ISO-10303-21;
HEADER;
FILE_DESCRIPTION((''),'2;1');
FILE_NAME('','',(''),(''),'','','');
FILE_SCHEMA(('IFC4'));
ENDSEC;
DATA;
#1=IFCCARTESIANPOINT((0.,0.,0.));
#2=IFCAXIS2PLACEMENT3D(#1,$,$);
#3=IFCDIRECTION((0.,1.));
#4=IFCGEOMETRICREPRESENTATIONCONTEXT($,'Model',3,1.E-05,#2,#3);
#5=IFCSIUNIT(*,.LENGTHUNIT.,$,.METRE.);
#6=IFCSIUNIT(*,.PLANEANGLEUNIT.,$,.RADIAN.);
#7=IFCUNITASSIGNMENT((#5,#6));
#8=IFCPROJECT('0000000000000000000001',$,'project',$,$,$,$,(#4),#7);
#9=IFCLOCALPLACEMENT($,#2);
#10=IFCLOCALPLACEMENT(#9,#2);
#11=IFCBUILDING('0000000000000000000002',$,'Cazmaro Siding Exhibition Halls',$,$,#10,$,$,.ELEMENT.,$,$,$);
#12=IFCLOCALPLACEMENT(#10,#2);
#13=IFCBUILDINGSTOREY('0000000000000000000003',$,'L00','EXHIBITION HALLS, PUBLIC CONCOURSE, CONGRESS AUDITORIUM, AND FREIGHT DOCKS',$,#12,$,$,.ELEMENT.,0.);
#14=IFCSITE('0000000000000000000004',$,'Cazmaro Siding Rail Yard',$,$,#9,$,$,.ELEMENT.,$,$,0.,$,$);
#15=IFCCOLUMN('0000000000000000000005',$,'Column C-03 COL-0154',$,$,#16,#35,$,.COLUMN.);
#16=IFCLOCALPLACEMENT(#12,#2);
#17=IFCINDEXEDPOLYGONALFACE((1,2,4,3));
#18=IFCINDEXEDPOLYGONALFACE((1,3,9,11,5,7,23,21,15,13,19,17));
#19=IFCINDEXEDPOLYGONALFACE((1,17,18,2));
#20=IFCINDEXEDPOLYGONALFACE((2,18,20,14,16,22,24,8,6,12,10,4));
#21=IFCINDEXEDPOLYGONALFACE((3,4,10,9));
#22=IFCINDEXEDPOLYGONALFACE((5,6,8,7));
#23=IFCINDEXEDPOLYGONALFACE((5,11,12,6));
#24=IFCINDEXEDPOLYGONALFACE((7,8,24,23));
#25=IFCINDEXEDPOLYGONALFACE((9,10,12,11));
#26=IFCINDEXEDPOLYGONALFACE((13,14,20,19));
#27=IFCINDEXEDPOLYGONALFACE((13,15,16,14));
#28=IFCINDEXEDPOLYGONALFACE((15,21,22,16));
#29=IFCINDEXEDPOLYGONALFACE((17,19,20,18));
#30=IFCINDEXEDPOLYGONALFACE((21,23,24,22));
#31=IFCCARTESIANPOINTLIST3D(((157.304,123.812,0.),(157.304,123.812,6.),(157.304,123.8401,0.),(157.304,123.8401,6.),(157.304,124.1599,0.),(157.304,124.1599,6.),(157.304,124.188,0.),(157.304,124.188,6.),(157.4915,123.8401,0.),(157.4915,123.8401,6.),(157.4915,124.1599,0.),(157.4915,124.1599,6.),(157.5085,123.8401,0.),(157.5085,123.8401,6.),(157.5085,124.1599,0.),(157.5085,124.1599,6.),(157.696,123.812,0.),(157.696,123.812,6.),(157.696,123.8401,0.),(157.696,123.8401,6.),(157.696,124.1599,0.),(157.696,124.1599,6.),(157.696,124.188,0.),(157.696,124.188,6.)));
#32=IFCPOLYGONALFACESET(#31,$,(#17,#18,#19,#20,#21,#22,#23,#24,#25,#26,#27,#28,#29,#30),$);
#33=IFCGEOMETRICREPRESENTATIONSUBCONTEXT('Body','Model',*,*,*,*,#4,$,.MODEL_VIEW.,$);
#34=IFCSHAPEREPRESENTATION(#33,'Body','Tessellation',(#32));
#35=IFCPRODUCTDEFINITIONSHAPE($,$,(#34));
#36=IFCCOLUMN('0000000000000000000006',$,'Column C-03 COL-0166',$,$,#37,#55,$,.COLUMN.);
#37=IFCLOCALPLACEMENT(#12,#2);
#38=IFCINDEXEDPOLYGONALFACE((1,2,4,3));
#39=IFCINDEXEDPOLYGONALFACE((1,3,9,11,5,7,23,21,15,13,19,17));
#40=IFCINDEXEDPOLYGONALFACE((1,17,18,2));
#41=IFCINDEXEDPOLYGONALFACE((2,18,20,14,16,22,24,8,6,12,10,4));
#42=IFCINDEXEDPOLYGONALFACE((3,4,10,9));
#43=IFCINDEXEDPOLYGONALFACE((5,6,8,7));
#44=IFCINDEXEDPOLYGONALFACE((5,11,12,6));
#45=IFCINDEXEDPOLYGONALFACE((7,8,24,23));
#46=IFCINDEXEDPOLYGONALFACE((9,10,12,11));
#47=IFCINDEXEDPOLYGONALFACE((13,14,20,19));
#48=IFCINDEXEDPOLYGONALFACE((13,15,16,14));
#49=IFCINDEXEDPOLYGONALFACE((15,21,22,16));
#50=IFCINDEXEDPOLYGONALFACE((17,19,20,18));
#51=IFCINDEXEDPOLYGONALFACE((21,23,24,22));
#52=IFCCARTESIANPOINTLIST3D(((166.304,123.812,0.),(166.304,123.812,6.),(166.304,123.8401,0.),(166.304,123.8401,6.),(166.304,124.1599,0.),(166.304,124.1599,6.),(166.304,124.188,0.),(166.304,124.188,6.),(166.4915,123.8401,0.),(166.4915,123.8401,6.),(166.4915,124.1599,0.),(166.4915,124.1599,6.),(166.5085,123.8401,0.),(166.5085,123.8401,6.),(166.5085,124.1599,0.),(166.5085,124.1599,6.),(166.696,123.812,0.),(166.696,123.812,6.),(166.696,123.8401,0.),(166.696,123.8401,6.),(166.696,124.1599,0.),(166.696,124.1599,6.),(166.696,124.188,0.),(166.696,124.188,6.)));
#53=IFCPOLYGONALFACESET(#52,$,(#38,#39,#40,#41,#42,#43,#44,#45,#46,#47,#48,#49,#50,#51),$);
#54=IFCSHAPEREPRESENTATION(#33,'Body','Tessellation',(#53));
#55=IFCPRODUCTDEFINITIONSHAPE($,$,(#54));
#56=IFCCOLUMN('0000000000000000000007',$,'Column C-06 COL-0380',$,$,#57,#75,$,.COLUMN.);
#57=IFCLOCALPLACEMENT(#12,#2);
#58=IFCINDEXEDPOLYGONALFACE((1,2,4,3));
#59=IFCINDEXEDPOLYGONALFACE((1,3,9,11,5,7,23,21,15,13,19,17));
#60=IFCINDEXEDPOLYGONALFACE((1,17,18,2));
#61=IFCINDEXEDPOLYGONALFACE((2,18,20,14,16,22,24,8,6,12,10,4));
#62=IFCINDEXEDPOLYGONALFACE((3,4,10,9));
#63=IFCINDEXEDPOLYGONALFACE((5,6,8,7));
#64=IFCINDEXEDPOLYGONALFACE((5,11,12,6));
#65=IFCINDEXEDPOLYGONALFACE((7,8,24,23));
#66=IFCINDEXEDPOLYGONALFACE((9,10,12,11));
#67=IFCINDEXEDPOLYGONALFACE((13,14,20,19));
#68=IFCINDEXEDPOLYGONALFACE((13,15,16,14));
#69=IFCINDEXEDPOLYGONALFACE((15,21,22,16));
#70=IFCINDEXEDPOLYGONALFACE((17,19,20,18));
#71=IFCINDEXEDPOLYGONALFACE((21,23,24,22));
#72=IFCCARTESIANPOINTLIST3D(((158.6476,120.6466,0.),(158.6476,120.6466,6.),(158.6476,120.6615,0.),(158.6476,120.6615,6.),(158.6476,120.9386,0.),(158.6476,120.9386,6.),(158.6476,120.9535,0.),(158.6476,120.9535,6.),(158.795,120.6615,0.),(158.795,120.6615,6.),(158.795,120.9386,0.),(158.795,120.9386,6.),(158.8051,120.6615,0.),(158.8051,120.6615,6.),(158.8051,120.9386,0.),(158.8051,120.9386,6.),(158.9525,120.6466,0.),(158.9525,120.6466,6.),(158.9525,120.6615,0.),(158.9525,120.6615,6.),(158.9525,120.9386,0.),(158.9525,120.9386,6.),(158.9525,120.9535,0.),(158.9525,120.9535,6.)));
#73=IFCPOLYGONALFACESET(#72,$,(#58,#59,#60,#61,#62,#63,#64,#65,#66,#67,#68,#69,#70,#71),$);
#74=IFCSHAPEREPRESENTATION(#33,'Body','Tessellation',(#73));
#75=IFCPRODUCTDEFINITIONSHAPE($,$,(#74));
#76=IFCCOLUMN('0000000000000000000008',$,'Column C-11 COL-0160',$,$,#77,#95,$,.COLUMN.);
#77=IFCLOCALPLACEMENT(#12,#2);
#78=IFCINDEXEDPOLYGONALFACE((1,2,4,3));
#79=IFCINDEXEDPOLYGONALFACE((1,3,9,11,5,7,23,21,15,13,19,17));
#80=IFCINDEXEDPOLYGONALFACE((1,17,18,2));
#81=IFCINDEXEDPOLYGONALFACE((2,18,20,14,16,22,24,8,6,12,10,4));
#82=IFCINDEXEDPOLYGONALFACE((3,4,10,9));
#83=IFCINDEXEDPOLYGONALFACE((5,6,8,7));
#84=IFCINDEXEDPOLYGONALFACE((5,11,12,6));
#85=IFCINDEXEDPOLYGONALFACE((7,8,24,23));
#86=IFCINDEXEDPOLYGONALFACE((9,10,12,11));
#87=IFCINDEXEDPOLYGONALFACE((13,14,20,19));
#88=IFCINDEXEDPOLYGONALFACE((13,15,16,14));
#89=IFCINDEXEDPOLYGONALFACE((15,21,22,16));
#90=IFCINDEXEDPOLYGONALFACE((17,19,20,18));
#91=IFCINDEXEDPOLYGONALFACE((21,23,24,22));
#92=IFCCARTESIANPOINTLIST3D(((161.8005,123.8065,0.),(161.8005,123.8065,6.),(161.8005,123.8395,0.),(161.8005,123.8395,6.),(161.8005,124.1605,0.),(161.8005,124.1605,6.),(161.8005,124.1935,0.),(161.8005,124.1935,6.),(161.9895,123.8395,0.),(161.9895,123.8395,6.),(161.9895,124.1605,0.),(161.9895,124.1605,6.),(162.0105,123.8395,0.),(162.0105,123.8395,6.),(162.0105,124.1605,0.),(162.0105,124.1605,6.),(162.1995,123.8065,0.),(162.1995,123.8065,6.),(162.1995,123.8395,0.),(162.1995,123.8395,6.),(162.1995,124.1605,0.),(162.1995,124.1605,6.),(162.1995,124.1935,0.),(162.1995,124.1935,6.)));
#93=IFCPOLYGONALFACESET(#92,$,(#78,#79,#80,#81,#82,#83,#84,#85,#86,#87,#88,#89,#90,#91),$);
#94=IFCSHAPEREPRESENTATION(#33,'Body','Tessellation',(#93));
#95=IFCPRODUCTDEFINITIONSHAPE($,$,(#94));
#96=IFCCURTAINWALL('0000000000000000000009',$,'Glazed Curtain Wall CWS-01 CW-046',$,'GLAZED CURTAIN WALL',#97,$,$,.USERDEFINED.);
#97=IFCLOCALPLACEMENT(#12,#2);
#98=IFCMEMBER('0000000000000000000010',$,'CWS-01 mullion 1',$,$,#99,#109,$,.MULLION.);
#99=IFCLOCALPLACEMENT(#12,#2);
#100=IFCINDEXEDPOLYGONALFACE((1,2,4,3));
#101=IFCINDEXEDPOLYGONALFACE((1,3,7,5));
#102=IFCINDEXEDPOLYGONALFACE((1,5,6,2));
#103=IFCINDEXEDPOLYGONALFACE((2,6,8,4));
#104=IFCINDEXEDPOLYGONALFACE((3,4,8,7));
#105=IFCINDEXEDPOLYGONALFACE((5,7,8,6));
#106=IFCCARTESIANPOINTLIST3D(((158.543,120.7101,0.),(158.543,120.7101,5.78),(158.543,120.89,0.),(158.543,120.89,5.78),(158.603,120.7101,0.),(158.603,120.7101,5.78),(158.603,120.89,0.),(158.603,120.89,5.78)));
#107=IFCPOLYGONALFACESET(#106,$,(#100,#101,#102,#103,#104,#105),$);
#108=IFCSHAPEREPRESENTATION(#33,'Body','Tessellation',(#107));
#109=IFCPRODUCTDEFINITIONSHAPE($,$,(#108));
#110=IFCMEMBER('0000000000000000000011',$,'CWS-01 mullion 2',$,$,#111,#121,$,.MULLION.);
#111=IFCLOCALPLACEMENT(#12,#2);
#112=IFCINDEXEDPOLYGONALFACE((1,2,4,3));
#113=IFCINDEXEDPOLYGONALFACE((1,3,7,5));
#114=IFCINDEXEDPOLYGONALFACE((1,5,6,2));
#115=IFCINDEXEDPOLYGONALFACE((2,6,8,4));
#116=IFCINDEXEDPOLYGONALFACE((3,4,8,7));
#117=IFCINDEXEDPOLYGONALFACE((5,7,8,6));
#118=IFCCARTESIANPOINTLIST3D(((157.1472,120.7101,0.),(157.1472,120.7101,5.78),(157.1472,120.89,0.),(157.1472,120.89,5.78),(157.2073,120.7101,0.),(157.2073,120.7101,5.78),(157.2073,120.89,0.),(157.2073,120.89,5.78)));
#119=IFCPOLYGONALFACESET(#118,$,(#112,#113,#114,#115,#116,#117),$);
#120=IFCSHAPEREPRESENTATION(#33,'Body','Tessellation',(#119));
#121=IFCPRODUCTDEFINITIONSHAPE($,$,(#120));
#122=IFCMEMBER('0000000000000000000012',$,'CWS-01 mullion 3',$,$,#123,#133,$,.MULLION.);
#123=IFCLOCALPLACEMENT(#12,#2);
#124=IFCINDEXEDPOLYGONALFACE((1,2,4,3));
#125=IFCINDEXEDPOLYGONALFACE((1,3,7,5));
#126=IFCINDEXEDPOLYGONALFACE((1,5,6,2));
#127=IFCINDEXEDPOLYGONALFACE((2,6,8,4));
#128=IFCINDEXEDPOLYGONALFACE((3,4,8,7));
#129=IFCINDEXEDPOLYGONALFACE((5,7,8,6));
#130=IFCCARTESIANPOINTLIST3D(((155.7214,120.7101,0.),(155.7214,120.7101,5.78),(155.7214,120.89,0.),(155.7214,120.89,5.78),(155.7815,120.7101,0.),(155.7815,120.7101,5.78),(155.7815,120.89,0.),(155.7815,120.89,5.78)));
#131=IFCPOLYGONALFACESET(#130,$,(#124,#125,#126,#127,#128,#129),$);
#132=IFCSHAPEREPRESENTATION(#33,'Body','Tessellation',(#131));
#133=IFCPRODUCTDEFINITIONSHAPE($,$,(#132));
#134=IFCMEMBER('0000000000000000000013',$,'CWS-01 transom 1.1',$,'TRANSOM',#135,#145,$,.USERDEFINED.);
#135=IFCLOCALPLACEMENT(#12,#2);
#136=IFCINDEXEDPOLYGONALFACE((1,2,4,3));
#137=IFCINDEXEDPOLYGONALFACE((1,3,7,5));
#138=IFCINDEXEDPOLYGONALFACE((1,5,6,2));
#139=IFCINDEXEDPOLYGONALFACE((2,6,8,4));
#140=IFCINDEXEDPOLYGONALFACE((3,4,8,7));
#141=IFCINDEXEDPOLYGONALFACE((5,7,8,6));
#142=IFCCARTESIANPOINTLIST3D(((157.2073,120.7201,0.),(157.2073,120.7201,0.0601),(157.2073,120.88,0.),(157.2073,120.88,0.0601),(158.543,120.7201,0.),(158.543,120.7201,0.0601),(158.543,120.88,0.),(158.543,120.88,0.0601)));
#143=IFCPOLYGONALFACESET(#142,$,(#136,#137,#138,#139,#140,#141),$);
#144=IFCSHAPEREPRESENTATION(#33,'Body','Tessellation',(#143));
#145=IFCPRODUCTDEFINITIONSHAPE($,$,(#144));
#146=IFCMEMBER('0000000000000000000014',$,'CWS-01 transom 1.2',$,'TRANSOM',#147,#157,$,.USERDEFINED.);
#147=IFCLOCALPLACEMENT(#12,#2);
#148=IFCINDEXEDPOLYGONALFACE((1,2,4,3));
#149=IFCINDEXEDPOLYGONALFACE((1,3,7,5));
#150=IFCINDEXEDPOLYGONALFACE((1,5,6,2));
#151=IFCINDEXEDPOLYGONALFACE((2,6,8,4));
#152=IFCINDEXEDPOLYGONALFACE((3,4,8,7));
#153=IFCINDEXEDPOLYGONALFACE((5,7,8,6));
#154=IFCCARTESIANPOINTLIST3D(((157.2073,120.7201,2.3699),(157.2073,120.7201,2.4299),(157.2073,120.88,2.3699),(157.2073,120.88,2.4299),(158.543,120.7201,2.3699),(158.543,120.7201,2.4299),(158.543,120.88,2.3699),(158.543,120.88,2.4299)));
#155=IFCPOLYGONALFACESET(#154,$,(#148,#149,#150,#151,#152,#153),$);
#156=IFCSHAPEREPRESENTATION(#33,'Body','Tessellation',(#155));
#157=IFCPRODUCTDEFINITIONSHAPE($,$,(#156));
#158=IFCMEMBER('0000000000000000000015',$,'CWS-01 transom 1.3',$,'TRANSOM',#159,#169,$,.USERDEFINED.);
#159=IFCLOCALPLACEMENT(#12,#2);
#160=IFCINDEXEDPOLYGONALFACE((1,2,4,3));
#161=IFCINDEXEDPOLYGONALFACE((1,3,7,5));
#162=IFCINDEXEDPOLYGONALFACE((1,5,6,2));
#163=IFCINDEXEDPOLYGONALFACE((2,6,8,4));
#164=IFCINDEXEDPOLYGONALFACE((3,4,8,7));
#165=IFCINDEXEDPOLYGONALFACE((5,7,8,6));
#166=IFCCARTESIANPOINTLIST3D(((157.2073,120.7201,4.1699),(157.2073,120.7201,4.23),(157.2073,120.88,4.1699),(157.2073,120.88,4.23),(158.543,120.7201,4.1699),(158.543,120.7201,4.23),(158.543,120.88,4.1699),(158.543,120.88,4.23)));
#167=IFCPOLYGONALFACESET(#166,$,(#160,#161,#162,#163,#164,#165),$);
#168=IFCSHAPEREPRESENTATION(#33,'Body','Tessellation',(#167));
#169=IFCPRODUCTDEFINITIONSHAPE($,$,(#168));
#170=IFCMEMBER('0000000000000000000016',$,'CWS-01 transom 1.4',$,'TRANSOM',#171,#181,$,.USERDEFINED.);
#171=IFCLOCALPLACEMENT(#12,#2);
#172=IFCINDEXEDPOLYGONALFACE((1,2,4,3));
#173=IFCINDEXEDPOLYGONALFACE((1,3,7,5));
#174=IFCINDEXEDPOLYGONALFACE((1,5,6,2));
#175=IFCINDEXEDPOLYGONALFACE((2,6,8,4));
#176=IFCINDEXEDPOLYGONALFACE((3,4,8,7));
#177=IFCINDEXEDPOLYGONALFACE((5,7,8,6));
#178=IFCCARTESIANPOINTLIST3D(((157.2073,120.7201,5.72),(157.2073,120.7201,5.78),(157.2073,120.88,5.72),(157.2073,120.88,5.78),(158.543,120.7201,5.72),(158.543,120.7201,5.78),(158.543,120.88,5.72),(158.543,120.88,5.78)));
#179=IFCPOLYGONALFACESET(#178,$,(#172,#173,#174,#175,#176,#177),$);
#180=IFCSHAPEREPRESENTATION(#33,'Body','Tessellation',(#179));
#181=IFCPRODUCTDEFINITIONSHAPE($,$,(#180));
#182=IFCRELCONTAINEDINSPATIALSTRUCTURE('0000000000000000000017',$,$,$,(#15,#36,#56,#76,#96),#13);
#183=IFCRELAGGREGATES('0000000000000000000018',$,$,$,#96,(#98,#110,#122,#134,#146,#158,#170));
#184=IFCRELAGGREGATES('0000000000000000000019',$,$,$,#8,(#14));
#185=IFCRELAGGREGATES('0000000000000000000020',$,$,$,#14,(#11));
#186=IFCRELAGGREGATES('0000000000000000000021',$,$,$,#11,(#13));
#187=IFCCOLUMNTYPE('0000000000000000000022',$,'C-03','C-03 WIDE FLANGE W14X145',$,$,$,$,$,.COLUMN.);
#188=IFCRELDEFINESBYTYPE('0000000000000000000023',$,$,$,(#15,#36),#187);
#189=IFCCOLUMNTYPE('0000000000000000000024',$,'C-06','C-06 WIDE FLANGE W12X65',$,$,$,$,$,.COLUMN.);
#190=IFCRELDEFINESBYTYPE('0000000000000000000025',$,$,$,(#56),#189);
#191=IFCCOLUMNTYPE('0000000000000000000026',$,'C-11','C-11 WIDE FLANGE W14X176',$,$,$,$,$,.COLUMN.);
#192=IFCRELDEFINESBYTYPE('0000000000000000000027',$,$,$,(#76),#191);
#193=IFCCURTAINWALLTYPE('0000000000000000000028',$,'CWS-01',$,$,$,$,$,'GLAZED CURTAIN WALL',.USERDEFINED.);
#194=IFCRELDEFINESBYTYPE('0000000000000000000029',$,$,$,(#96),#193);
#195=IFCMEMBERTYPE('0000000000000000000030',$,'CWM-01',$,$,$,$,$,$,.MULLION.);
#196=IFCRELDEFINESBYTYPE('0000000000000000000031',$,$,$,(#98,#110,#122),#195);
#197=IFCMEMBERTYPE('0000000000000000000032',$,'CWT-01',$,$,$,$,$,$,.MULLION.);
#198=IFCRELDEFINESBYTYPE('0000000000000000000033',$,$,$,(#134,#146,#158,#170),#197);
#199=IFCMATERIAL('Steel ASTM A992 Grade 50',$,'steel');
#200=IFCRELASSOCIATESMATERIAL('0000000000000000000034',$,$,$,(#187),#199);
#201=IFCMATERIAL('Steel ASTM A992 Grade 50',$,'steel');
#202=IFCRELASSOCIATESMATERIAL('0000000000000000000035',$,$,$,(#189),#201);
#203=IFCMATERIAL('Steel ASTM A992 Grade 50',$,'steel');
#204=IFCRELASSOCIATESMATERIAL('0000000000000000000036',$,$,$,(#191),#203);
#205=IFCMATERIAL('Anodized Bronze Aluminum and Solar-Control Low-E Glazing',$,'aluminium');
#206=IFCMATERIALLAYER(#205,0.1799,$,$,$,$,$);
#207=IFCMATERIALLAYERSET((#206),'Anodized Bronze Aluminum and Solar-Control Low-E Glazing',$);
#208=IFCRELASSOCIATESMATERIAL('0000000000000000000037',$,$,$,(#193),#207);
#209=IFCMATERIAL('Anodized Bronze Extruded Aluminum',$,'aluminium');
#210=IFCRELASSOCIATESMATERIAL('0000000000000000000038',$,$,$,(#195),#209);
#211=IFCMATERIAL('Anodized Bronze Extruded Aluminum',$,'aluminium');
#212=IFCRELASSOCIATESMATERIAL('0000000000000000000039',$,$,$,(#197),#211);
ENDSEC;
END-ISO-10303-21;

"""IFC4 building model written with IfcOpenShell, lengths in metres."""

from ifc_helpers import new_model, si_unit, direction, frame, origin, origin_2d, place, context, subcontext, project, spatial, rectangle, i_section, extrude, material, layer, layer_set, material_profile, profile_set, type_object, element, aggregate, save


model = new_model("IFC4")

# Units and contexts
model_context = context("Model", 3, precision=1e-05, world=origin(), true_north=direction((0.0, 1.0)))
body_context = subcontext(model_context, "Body", "Model", "MODEL_VIEW")
ifc_project = project(units=[si_unit("LENGTHUNIT", "METRE"), si_unit("PLANEANGLEUNIT", "RADIAN")], contexts=[model_context])

# Site, building, storey
site_placement = place(None, origin())
site = spatial("IfcSite", under=ifc_project, at=site_placement, Name="Cazmaro Siding Rail Yard", CompositionType="ELEMENT", RefElevation=0.0)
building_placement = place(site_placement, origin())
building = spatial("IfcBuilding", under=site, at=building_placement, Name="Cazmaro Siding Exhibition Halls", CompositionType="ELEMENT")
storey_placement = place(building_placement, origin())
storey = spatial("IfcBuildingStorey", under=building, at=storey_placement, Name="L00", Description="EXHIBITION HALLS, PUBLIC CONCOURSE, CONGRESS AUDITORIUM, AND FREIGHT DOCKS", CompositionType="ELEMENT", Elevation=0.0)

# Columns
ifc_material_1 = material(Name="Steel ASTM A992 Grade 50", Category="steel")
ifc_material_profile_1 = material_profile(ifc_material_1, i_section(OverallWidth=0.3921, OverallDepth=0.376, WebThickness=0.0171, FlangeThickness=0.0281, at=origin_2d()), Name="W14X145")
ifc_profile_set_1 = profile_set([ifc_material_profile_1], Name="Steel ASTM A992 Grade 50")
column_type_1 = type_object("IfcColumnType", Name="C-03", Description="C-03 WIDE FLANGE W14X145", PredefinedType="COLUMN", material=ifc_profile_set_1)
for number, where, z_axis, x_axis, name in (
    (1, (157.5, 124.0, 0.0), (0.0, 0.0, 1.0), (1.0, 0.0, 0.0), "Column C-03 COL-0154"),
    (2, (166.5, 124.0, 0.0), (0.0, 0.0, 1.0), (1.0, 0.0, 0.0), "Column C-03 COL-0166"),
):
    element("IfcColumn", number, at=place(storey_placement, frame(where, z_axis=z_axis, x_axis=x_axis)), inside=storey, type_object=column_type_1, Name=name, PredefinedType="COLUMN", context=body_context, shape_type="SweptSolid", body=[
        extrude(i_section(OverallWidth=0.3921, OverallDepth=0.376, WebThickness=0.0171, FlangeThickness=0.0281, at=origin_2d()), origin(), (0.0, 0.0, 1.0), 6.0),
    ])
ifc_material_2 = material(Name="Steel ASTM A992 Grade 50", Category="steel")
ifc_material_profile_2 = material_profile(ifc_material_2, i_section(OverallWidth=0.3049, OverallDepth=0.3069, WebThickness=0.01, FlangeThickness=0.0149, at=origin_2d()), Name="W12X65")
ifc_profile_set_2 = profile_set([ifc_material_profile_2], Name="Steel ASTM A992 Grade 50")
column_type_2 = type_object("IfcColumnType", Name="C-06", Description="C-06 WIDE FLANGE W12X65", PredefinedType="COLUMN", material=ifc_profile_set_2)
column_1_placement = place(storey_placement, frame((158.8, 120.8, 0.0), z_axis=(0.0, 0.0, 1.0), x_axis=(1.0, 0.0, 0.0)))
element("IfcColumn", 3, at=column_1_placement, inside=storey, type_object=column_type_2, Name="Column C-06 COL-0380", PredefinedType="COLUMN", context=body_context, shape_type="SweptSolid", body=[
    extrude(i_section(OverallWidth=0.3049, OverallDepth=0.3069, WebThickness=0.01, FlangeThickness=0.0149, at=origin_2d()), origin(), (0.0, 0.0, 1.0), 6.0),
])
ifc_material_3 = material(Name="Steel ASTM A992 Grade 50", Category="steel")
ifc_material_profile_3 = material_profile(ifc_material_3, i_section(OverallWidth=0.3989, OverallDepth=0.387, WebThickness=0.021, FlangeThickness=0.033, at=origin_2d()), Name="W14X176")
ifc_profile_set_3 = profile_set([ifc_material_profile_3], Name="Steel ASTM A992 Grade 50")
column_type_3 = type_object("IfcColumnType", Name="C-11", Description="C-11 WIDE FLANGE W14X176", PredefinedType="COLUMN", material=ifc_profile_set_3)
column_2_placement = place(storey_placement, frame((162.0, 124.0, 0.0), z_axis=(0.0, 0.0, 1.0), x_axis=(1.0, 0.0, 0.0)))
element("IfcColumn", 4, at=column_2_placement, inside=storey, type_object=column_type_3, Name="Column C-11 COL-0160", PredefinedType="COLUMN", context=body_context, shape_type="SweptSolid", body=[
    extrude(i_section(OverallWidth=0.3989, OverallDepth=0.387, WebThickness=0.021, FlangeThickness=0.033, at=origin_2d()), origin(), (0.0, 0.0, 1.0), 6.0),
])

# Curtain wall, members
ifc_material_4 = material(Name="Anodized Bronze Aluminum and Solar-Control Low-E Glazing", Category="aluminium")
ifc_layer_1 = layer(ifc_material_4, 0.1799)
ifc_layer_set_1 = layer_set([ifc_layer_1], Name="Anodized Bronze Aluminum and Solar-Control Low-E Glazing")
curtain_wall_type = type_object("IfcCurtainWallType", Name="CWS-01", ElementType="GLAZED CURTAIN WALL", PredefinedType="USERDEFINED", material=ifc_layer_set_1)
curtain_wall_placement = place(storey_placement, origin())
curtain_wall = element("IfcCurtainWall", 5, at=curtain_wall_placement, inside=storey, type_object=curtain_wall_type, Name="Glazed Curtain Wall CWS-01 CW-046", ObjectType="GLAZED CURTAIN WALL", PredefinedType="USERDEFINED")
ifc_material_5 = material(Name="Anodized Bronze Extruded Aluminum", Category="aluminium")
ifc_material_profile_4 = material_profile(ifc_material_5, rectangle(XDim=0.1799, YDim=0.0601, at=origin_2d()), Name="CWM-01")
ifc_profile_set_4 = profile_set([ifc_material_profile_4], Name="Anodized Bronze Extruded Aluminum")
member_type_1 = type_object("IfcMemberType", Name="CWM-01", PredefinedType="MULLION", material=ifc_profile_set_4)
member_1_placement = place(storey_placement, frame((158.573, 120.8, 0.0), z_axis=(0.0, 0.0, 1.0), x_axis=(0.0, -1.0, 0.0)))
member_1 = element("IfcMember", 6, at=member_1_placement, type_object=member_type_1, Name="CWS-01 mullion 1", PredefinedType="MULLION", context=body_context, shape_type="SweptSolid", body=[
    extrude(rectangle(XDim=0.1799, YDim=0.0601, at=origin_2d()), origin(), (0.0, 0.0, 1.0), 5.78),
])
member_2_placement = place(storey_placement, frame((157.1772, 120.8, 0.0), z_axis=(0.0, 0.0, 1.0), x_axis=(0.0, -1.0, 0.0)))
member_2 = element("IfcMember", 7, at=member_2_placement, type_object=member_type_1, Name="CWS-01 mullion 2", PredefinedType="MULLION", context=body_context, shape_type="SweptSolid", body=[
    extrude(rectangle(XDim=0.1799, YDim=0.0601, at=origin_2d()), origin(), (0.0, 0.0, 1.0), 5.78),
])
member_3_placement = place(storey_placement, frame((155.7515, 120.8, 0.0), z_axis=(0.0, 0.0, 1.0), x_axis=(0.0, -1.0, 0.0)))
member_3 = element("IfcMember", 8, at=member_3_placement, type_object=member_type_1, Name="CWS-01 mullion 3", PredefinedType="MULLION", context=body_context, shape_type="SweptSolid", body=[
    extrude(rectangle(XDim=0.1799, YDim=0.0601, at=origin_2d()), origin(), (0.0, 0.0, 1.0), 5.78),
])
ifc_material_6 = material(Name="Anodized Bronze Extruded Aluminum", Category="aluminium")
ifc_material_profile_5 = material_profile(ifc_material_6, rectangle(XDim=0.1599, YDim=0.0601, at=origin_2d()), Name="CWT-01")
ifc_profile_set_5 = profile_set([ifc_material_profile_5], Name="Anodized Bronze Extruded Aluminum")
member_type_2 = type_object("IfcMemberType", Name="CWT-01", PredefinedType="MULLION", material=ifc_profile_set_5)
member_4_placement = place(storey_placement, frame((158.543, 120.8, 0.03), z_axis=(-1.0, 0.0, 0.0), x_axis=(0.0, -1.0, 0.0)))
member_4 = element("IfcMember", 9, at=member_4_placement, type_object=member_type_2, Name="CWS-01 transom 1.1", ObjectType="TRANSOM", PredefinedType="USERDEFINED", context=body_context, shape_type="SweptSolid", body=[
    extrude(rectangle(XDim=0.1599, YDim=0.0601, at=origin_2d()), origin(), (0.0, 0.0, 1.0), 1.3357),
])
member_5_placement = place(storey_placement, frame((158.543, 120.8, 2.3999), z_axis=(-1.0, 0.0, 0.0), x_axis=(0.0, -1.0, 0.0)))
member_5 = element("IfcMember", 10, at=member_5_placement, type_object=member_type_2, Name="CWS-01 transom 1.2", ObjectType="TRANSOM", PredefinedType="USERDEFINED", context=body_context, shape_type="SweptSolid", body=[
    extrude(rectangle(XDim=0.1599, YDim=0.0601, at=origin_2d()), origin(), (0.0, 0.0, 1.0), 1.3357),
])
member_6_placement = place(storey_placement, frame((158.543, 120.8, 4.2), z_axis=(-1.0, 0.0, 0.0), x_axis=(0.0, -1.0, 0.0)))
member_6 = element("IfcMember", 11, at=member_6_placement, type_object=member_type_2, Name="CWS-01 transom 1.3", ObjectType="TRANSOM", PredefinedType="USERDEFINED", context=body_context, shape_type="SweptSolid", body=[
    extrude(rectangle(XDim=0.1599, YDim=0.0601, at=origin_2d()), origin(), (0.0, 0.0, 1.0), 1.3357),
])
member_7_placement = place(storey_placement, frame((158.543, 120.8, 5.75), z_axis=(-1.0, 0.0, 0.0), x_axis=(0.0, -1.0, 0.0)))
member_7 = element("IfcMember", 12, at=member_7_placement, type_object=member_type_2, Name="CWS-01 transom 1.4", ObjectType="TRANSOM", PredefinedType="USERDEFINED", context=body_context, shape_type="SweptSolid", body=[
    extrude(rectangle(XDim=0.1599, YDim=0.0601, at=origin_2d()), origin(), (0.0, 0.0, 1.0), 1.3357),
])
aggregate(curtain_wall, [member_1, member_2, member_3, member_4, member_5, member_6, member_7])

save(model, "model.ifc")
